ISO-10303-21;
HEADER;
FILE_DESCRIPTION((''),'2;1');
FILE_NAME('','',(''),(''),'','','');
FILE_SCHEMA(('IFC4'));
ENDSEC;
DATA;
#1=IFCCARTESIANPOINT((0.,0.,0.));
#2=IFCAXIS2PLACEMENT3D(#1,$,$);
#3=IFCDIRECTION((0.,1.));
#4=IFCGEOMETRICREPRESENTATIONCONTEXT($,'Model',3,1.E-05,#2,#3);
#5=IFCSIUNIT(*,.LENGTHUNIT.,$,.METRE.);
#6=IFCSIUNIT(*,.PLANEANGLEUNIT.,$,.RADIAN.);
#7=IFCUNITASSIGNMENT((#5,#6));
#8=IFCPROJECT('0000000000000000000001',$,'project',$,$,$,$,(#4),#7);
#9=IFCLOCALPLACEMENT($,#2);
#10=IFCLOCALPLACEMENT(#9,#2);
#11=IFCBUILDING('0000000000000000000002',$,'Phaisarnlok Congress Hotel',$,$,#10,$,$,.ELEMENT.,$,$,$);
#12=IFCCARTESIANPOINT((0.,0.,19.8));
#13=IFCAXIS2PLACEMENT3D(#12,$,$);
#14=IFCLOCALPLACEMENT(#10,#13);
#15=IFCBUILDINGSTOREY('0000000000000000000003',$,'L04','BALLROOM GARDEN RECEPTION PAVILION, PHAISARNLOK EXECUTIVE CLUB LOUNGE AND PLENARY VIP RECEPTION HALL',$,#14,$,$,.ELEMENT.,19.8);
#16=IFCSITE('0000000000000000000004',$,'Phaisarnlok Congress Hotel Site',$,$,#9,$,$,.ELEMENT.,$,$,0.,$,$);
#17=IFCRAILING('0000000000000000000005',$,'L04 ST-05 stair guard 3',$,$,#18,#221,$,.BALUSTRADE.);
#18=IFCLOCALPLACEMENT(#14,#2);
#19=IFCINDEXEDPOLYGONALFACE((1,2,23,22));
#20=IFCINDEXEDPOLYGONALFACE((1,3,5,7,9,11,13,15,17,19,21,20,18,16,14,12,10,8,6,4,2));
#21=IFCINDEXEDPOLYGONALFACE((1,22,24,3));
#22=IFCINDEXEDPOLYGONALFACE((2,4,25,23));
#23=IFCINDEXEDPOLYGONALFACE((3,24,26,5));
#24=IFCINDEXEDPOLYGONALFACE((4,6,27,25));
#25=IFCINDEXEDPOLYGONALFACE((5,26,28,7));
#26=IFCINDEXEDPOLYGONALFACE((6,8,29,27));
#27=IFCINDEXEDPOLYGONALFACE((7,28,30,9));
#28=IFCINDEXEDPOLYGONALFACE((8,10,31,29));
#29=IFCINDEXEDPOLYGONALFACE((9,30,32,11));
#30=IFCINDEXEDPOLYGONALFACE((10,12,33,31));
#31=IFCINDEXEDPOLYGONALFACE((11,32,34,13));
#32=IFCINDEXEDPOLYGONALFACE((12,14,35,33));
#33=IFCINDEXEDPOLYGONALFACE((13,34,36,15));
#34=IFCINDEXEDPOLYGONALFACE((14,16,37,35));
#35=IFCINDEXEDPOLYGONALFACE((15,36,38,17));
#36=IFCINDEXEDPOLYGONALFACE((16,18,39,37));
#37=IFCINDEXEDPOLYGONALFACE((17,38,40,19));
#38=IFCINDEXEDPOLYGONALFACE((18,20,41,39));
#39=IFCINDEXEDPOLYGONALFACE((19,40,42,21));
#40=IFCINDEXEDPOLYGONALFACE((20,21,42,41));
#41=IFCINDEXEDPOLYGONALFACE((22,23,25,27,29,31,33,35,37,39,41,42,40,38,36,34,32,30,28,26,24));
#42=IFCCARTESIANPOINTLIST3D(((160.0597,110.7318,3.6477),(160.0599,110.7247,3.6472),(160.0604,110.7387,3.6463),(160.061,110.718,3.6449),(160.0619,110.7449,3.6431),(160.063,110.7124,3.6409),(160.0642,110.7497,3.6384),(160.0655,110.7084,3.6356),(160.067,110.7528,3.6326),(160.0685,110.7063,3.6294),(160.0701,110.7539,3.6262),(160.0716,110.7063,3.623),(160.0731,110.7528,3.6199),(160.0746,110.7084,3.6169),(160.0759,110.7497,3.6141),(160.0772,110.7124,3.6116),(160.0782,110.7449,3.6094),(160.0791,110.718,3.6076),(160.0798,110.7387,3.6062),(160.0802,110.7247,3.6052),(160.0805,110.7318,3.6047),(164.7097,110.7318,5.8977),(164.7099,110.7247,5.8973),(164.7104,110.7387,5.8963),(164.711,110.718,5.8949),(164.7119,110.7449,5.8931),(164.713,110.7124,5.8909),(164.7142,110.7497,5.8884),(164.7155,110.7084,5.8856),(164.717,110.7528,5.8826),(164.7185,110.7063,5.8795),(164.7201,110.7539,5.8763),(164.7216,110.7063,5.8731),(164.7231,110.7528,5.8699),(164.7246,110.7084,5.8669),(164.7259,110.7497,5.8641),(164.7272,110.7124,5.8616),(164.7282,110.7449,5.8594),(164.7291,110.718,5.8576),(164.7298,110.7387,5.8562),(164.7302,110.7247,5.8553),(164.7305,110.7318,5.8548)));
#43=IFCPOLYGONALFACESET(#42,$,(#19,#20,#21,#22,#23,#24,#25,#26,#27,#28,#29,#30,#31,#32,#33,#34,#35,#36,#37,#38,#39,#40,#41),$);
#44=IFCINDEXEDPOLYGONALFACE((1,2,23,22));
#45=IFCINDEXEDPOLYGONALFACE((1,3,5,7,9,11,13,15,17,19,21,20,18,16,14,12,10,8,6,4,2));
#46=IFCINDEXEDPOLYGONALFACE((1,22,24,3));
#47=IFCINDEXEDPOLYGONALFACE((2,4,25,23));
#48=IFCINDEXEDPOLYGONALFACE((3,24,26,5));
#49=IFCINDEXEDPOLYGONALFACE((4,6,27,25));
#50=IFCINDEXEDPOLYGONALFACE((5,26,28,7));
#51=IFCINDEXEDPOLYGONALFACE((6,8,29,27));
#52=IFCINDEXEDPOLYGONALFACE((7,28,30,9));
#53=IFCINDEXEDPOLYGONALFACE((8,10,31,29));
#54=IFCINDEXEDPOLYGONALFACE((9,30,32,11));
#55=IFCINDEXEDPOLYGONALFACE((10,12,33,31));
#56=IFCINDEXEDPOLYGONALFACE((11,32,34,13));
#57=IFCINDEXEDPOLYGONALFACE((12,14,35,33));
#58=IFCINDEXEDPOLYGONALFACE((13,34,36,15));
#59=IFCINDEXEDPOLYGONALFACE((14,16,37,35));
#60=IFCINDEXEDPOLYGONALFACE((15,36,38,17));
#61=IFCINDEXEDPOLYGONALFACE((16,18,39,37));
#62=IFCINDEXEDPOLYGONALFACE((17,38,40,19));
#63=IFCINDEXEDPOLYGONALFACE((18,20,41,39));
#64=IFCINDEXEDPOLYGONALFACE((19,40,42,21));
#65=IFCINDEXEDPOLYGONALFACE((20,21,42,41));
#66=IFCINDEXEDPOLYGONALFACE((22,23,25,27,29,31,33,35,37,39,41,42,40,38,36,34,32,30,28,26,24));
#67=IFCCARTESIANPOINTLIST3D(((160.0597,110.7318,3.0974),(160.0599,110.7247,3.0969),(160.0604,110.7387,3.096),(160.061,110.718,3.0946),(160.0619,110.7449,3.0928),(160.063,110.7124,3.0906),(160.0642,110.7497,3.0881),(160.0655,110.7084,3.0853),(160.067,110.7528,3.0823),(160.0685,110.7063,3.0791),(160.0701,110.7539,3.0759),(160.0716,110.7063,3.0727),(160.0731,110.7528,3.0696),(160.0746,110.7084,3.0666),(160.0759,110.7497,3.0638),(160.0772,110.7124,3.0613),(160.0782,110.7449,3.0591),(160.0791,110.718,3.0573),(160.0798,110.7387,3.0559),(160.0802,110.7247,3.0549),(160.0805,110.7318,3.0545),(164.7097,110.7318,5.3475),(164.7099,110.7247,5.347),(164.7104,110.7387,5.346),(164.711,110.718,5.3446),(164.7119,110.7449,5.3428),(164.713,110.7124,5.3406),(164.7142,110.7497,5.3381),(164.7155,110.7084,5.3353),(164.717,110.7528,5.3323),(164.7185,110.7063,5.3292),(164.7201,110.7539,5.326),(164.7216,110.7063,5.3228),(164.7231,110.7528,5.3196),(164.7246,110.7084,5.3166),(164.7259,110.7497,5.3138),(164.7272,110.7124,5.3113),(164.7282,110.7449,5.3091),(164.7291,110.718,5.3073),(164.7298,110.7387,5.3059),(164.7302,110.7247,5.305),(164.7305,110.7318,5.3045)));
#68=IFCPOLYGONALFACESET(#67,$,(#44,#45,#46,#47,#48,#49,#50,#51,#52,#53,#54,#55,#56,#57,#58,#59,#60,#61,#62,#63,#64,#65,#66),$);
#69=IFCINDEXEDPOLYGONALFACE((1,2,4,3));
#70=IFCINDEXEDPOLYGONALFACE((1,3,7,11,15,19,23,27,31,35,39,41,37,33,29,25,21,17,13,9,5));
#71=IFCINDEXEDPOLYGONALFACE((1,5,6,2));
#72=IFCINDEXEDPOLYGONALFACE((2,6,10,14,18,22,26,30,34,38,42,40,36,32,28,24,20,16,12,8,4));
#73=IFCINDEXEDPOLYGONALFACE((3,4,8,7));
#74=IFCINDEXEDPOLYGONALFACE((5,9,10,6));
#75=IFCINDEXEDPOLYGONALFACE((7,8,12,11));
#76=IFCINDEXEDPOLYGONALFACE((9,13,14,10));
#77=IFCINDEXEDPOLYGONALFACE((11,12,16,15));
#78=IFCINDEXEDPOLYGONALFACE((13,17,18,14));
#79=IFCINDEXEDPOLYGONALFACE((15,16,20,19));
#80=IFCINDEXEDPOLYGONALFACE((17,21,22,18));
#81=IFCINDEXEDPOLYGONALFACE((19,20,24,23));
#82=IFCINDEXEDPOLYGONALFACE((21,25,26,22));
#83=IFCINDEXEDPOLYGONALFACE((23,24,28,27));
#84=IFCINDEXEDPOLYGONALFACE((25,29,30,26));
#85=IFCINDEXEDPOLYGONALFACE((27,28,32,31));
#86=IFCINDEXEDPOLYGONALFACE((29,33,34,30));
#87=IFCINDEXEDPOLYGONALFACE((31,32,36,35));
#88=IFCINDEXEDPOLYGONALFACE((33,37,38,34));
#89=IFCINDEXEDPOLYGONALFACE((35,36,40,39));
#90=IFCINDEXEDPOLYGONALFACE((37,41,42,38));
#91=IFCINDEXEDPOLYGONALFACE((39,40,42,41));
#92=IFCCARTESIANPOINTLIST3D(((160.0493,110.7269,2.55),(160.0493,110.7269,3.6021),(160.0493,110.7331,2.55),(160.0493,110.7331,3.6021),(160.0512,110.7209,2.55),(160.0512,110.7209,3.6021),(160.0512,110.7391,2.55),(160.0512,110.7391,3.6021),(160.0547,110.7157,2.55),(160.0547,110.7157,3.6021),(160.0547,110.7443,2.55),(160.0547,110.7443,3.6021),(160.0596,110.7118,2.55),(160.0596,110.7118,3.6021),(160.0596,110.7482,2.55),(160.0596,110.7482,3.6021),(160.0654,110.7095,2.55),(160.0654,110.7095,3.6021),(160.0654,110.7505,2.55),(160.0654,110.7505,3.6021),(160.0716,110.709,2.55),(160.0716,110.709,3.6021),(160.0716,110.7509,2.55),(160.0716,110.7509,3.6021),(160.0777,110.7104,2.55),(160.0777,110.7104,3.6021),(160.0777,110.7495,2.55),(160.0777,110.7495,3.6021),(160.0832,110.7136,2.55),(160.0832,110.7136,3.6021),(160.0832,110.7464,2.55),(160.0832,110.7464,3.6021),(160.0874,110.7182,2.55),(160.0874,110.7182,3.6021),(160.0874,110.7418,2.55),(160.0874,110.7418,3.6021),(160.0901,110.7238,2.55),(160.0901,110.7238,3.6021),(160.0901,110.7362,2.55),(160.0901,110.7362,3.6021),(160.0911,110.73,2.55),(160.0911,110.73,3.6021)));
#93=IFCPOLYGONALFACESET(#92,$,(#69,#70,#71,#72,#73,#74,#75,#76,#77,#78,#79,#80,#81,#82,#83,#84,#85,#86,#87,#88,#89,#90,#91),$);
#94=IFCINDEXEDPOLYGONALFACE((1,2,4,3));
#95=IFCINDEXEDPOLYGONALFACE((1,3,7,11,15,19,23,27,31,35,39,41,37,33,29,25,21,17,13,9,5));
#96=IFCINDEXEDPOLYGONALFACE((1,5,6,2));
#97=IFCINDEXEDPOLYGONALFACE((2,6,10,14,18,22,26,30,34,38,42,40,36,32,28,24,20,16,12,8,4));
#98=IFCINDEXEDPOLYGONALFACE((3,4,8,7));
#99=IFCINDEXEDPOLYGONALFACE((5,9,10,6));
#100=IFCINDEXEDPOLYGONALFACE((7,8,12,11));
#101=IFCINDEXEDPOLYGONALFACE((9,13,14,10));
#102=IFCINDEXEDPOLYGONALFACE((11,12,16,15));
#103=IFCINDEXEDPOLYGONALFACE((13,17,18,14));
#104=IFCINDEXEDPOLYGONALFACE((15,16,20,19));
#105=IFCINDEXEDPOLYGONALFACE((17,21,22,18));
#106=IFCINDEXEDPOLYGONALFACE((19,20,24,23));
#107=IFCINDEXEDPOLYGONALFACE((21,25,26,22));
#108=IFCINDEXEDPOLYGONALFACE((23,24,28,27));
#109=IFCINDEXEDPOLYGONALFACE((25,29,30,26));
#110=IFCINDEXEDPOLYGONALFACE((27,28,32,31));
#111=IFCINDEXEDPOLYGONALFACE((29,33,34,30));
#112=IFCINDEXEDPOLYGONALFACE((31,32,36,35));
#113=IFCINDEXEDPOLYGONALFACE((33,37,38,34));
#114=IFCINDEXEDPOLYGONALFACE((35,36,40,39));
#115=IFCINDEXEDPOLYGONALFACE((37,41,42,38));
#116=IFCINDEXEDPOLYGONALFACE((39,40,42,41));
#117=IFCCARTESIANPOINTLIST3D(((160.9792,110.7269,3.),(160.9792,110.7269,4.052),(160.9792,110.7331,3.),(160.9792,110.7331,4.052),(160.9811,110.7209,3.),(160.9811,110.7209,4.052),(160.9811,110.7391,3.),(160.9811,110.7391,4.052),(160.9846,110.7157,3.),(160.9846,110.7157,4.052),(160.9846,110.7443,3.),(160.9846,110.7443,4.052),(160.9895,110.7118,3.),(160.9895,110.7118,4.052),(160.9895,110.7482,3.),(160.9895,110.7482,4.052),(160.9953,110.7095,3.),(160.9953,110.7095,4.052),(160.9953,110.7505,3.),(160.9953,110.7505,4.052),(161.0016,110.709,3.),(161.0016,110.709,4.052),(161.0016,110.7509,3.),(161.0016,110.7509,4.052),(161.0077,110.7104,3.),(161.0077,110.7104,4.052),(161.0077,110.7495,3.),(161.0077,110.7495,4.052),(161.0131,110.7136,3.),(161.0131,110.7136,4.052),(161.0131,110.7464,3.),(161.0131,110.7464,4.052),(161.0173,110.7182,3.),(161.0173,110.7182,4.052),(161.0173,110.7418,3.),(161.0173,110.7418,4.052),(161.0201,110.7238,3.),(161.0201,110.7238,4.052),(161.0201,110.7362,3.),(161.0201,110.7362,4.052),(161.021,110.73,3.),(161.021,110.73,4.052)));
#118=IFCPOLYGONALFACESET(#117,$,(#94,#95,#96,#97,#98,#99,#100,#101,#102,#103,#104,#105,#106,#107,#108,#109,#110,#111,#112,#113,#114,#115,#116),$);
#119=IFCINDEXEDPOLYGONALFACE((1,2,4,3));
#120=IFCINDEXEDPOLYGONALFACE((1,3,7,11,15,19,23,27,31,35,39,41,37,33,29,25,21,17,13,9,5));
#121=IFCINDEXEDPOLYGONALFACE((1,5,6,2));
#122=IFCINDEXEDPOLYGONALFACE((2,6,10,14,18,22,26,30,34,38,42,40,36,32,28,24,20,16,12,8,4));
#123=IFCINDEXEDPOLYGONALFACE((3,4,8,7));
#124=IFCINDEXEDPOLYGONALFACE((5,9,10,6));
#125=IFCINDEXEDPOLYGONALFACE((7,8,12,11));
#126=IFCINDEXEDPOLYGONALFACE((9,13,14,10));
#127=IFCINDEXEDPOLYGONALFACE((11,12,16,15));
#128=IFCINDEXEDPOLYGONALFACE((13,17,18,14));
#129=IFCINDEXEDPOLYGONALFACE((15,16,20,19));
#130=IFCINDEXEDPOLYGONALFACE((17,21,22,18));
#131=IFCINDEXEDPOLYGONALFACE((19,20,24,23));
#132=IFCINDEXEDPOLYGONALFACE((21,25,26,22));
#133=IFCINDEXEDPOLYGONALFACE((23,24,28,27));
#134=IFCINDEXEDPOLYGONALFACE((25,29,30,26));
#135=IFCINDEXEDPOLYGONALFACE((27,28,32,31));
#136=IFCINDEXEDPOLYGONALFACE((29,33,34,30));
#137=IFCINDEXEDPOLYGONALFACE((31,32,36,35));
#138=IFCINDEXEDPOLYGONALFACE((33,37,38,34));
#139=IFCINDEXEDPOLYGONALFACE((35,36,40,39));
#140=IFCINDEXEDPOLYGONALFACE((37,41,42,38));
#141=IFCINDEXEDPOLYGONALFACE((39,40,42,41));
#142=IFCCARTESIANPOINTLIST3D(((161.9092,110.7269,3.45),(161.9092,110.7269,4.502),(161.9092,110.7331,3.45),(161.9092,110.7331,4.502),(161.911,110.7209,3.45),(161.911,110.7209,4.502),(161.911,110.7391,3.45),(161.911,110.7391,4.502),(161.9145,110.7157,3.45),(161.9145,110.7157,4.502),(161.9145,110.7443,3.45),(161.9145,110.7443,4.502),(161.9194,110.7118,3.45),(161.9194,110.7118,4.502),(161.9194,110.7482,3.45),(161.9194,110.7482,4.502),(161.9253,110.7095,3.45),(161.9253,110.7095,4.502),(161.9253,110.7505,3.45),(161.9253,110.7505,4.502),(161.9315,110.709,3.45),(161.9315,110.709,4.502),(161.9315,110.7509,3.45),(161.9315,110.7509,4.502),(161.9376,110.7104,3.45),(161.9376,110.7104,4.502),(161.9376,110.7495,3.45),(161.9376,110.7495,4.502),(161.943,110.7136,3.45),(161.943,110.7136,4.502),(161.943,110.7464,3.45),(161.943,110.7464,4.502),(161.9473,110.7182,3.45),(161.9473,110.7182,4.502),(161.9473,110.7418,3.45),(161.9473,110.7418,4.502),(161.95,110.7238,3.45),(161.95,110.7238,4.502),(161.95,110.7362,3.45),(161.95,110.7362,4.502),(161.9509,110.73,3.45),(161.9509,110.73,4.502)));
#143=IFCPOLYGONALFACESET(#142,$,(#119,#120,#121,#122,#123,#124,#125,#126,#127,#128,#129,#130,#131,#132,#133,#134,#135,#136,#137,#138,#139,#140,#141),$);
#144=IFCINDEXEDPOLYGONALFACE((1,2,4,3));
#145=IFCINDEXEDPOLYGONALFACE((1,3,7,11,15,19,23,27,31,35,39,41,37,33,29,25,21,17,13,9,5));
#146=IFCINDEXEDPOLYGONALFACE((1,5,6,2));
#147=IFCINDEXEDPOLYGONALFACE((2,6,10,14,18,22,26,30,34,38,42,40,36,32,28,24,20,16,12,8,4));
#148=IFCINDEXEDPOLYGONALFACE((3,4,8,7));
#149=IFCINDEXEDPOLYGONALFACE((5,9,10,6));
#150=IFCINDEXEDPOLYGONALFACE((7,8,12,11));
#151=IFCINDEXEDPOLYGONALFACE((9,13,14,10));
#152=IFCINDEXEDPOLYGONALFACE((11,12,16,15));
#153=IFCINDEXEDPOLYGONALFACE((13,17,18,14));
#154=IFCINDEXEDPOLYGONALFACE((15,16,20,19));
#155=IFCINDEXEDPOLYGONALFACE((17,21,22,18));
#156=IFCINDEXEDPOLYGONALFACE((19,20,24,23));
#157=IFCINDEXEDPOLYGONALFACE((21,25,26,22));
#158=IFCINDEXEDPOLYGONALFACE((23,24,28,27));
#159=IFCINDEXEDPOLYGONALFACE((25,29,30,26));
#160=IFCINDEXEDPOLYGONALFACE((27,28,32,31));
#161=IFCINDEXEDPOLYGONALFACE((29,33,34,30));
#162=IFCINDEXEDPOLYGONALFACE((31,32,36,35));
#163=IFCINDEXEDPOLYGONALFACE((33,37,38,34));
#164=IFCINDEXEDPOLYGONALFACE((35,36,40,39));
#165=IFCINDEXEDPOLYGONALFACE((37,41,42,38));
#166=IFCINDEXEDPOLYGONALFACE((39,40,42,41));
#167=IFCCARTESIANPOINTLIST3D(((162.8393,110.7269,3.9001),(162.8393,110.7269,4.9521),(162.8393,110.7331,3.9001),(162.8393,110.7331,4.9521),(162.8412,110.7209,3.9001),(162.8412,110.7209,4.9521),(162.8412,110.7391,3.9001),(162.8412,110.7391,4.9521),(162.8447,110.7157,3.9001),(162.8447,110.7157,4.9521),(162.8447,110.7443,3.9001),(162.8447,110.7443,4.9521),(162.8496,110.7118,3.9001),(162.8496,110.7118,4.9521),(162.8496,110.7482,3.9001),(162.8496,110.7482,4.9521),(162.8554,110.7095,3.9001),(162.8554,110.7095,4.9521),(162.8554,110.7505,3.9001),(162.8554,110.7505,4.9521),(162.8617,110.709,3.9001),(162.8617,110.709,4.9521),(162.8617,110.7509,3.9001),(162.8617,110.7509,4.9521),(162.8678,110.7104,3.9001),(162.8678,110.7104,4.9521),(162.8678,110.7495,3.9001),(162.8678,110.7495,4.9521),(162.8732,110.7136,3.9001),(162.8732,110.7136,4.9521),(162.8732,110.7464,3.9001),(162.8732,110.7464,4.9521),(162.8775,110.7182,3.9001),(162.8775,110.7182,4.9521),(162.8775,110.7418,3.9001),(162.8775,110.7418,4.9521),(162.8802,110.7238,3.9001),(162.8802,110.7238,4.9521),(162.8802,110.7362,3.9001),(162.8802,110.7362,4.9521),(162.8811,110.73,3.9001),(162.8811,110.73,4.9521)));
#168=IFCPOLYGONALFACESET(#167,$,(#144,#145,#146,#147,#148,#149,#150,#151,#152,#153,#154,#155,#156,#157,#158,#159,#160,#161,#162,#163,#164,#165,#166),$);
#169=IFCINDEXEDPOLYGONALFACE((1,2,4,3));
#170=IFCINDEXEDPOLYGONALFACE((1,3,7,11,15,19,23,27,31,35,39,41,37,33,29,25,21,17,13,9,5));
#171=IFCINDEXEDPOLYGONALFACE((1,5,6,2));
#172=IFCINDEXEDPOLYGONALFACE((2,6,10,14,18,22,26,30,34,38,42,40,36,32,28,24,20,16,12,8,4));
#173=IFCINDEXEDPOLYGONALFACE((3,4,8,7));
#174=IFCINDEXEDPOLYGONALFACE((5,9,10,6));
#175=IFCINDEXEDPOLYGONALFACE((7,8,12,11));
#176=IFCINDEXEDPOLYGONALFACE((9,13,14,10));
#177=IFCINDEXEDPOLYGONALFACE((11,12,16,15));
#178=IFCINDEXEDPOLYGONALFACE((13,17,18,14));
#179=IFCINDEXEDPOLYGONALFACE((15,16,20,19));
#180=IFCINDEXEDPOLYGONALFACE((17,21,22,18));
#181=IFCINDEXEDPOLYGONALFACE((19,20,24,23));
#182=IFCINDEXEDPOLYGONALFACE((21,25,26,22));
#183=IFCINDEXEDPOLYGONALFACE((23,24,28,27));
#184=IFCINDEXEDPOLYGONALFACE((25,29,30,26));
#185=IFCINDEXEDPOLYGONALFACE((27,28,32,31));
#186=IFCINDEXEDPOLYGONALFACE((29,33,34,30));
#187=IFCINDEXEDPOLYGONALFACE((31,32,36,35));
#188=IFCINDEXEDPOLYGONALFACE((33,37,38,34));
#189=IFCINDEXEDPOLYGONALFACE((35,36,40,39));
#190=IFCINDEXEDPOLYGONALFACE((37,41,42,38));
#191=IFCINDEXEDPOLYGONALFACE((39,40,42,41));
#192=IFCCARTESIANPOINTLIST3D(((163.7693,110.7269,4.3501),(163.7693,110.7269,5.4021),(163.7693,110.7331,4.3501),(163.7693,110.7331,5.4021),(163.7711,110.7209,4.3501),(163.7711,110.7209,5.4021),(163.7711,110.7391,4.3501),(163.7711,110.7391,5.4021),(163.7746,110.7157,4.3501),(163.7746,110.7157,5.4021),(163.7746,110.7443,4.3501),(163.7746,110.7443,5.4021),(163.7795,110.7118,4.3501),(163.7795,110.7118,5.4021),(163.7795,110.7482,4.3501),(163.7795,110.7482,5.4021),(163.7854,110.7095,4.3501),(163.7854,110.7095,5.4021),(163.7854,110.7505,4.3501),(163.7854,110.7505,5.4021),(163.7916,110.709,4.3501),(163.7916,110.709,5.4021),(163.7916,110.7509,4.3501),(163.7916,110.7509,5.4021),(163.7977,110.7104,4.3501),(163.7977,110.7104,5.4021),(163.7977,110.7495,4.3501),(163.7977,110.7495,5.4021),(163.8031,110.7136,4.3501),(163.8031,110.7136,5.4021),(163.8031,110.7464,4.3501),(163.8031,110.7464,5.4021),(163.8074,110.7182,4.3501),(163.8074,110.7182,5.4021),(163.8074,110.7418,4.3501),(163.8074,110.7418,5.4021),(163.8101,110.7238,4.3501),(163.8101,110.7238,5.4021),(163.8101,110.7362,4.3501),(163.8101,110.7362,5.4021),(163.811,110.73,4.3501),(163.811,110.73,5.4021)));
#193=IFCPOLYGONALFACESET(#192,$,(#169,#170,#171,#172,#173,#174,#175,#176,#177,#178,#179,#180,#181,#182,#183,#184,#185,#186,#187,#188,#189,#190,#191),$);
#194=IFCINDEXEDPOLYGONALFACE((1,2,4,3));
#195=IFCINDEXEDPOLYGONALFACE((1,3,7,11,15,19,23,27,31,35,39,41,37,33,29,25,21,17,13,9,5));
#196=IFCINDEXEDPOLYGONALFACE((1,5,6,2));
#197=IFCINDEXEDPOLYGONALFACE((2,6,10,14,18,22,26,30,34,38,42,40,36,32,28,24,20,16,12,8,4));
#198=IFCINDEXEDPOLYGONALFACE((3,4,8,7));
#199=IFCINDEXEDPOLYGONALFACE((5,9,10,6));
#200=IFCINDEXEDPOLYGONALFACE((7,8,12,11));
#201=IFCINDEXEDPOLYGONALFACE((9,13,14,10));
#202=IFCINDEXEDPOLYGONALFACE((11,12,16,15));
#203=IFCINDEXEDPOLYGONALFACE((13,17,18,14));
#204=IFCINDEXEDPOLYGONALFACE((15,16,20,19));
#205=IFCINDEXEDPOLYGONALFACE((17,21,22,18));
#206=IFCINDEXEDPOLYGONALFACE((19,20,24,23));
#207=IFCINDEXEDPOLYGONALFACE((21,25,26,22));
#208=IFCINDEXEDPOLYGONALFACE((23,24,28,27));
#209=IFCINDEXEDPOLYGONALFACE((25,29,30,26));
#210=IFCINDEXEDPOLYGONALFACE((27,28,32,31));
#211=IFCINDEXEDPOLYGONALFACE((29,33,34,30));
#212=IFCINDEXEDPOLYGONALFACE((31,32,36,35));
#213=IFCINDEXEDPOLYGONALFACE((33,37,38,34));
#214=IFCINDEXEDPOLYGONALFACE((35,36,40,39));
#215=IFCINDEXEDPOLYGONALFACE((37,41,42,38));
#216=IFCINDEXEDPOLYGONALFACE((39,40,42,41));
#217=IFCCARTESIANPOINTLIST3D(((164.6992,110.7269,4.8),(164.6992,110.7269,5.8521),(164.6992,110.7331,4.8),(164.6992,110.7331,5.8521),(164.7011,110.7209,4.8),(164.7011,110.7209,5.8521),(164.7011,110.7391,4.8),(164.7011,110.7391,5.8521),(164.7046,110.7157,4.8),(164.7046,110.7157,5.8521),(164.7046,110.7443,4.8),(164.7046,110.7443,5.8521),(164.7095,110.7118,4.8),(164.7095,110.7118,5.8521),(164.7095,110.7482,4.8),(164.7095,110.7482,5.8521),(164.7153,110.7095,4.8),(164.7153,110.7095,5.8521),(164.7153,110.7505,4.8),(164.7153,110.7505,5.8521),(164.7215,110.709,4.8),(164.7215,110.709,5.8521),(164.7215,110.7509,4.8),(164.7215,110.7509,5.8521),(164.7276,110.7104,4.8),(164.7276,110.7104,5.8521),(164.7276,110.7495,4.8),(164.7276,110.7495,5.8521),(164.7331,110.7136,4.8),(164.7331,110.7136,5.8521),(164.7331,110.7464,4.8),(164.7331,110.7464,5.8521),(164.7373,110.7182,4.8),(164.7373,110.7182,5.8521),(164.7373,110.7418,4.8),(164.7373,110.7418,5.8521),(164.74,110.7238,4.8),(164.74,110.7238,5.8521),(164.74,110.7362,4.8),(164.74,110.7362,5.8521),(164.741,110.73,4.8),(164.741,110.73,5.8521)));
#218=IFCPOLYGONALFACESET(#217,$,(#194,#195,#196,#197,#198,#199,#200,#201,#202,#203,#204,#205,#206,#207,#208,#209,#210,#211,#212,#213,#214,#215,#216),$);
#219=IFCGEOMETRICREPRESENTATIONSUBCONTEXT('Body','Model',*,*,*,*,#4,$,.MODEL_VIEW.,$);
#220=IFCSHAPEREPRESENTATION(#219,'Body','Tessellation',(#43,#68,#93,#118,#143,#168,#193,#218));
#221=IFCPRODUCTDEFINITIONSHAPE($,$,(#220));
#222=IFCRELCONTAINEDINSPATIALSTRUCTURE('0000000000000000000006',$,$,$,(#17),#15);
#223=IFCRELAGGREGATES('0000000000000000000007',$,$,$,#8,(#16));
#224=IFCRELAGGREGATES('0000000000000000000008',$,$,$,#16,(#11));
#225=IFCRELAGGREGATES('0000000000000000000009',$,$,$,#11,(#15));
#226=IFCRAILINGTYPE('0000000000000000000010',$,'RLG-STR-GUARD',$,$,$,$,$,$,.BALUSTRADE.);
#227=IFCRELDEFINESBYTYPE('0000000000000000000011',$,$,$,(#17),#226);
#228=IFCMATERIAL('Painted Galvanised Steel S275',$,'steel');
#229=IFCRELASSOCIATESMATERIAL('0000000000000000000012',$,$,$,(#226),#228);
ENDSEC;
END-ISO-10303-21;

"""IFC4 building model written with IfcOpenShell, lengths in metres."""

from ifc_helpers import new_model, si_unit, direction, frame, origin, origin_2d, place, context, subcontext, project, spatial, circle, extrude, material, type_object, element, save


model = new_model("IFC4")

# Units and contexts
model_context = context("Model", 3, precision=1e-05, world=origin(), true_north=direction((0.0, 1.0)))
body_context = subcontext(model_context, "Body", "Model", "MODEL_VIEW")
ifc_project = project(units=[si_unit("LENGTHUNIT", "METRE"), si_unit("PLANEANGLEUNIT", "RADIAN")], contexts=[model_context])

# Site, building, storey
site_placement = place(None, origin())
site = spatial("IfcSite", under=ifc_project, at=site_placement, Name="Phaisarnlok Congress Hotel Site", CompositionType="ELEMENT", RefElevation=0.0)
building_placement = place(site_placement, origin())
building = spatial("IfcBuilding", under=site, at=building_placement, Name="Phaisarnlok Congress Hotel", CompositionType="ELEMENT")
storey_placement = place(building_placement, frame((0.0, 0.0, 19.8)))
storey = spatial("IfcBuildingStorey", under=building, at=storey_placement, Name="L04", Description="BALLROOM GARDEN RECEPTION PAVILION, PHAISARNLOK EXECUTIVE CLUB LOUNGE AND PLENARY VIP RECEPTION HALL", CompositionType="ELEMENT", Elevation=19.8)

# Railing
ifc_material_1 = material(Name="Painted Galvanised Steel S275", Category="steel")
railing_type_1 = type_object("IfcRailingType", Name="RLG-STR-GUARD", PredefinedType="BALUSTRADE", material=ifc_material_1)
railing_1_placement = place(storey_placement, frame((160.0701, 110.73, 2.55)))
element("IfcRailing", 1, at=railing_1_placement, inside=storey, type_object=railing_type_1, Name="L04 ST-05 stair guard 3", PredefinedType="BALUSTRADE", context=body_context, shape_type="SweptSolid", body=[
    extrude(circle(Radius=0.0239, at=origin_2d()), frame((0.0, 0.0, 1.0762), z_axis=(0.900156, 0.0, 0.435568), x_axis=(0.0, 1.0, 0.0)), (0.0, 0.0, 1.0), 5.1658),
    extrude(circle(Radius=0.0239, at=origin_2d()), frame((0.0, 0.0, 0.5259), z_axis=(0.900156, 0.0, 0.435568), x_axis=(0.0, 1.0, 0.0)), (0.0, 0.0, 1.0), 5.1658),
    extrude(circle(Radius=0.021, at=origin_2d()), origin(), (0.0, 0.0, 1.0), 1.052),
    extrude(circle(Radius=0.021, at=origin_2d()), frame((0.9299, 0.0, 0.45)), (0.0, 0.0, 1.0), 1.052),
    extrude(circle(Radius=0.021, at=origin_2d()), frame((1.8599, 0.0, 0.8999)), (0.0, 0.0, 1.0), 1.052),
    extrude(circle(Radius=0.021, at=origin_2d()), frame((2.79, 0.0, 1.3501)), (0.0, 0.0, 1.0), 1.052),
    extrude(circle(Radius=0.021, at=origin_2d()), frame((3.72, 0.0, 1.8)), (0.0, 0.0, 1.0), 1.052),
    extrude(circle(Radius=0.021, at=origin_2d()), frame((4.6499, 0.0, 2.25)), (0.0, 0.0, 1.0), 1.052),
])

save(model, "model.ifc")
